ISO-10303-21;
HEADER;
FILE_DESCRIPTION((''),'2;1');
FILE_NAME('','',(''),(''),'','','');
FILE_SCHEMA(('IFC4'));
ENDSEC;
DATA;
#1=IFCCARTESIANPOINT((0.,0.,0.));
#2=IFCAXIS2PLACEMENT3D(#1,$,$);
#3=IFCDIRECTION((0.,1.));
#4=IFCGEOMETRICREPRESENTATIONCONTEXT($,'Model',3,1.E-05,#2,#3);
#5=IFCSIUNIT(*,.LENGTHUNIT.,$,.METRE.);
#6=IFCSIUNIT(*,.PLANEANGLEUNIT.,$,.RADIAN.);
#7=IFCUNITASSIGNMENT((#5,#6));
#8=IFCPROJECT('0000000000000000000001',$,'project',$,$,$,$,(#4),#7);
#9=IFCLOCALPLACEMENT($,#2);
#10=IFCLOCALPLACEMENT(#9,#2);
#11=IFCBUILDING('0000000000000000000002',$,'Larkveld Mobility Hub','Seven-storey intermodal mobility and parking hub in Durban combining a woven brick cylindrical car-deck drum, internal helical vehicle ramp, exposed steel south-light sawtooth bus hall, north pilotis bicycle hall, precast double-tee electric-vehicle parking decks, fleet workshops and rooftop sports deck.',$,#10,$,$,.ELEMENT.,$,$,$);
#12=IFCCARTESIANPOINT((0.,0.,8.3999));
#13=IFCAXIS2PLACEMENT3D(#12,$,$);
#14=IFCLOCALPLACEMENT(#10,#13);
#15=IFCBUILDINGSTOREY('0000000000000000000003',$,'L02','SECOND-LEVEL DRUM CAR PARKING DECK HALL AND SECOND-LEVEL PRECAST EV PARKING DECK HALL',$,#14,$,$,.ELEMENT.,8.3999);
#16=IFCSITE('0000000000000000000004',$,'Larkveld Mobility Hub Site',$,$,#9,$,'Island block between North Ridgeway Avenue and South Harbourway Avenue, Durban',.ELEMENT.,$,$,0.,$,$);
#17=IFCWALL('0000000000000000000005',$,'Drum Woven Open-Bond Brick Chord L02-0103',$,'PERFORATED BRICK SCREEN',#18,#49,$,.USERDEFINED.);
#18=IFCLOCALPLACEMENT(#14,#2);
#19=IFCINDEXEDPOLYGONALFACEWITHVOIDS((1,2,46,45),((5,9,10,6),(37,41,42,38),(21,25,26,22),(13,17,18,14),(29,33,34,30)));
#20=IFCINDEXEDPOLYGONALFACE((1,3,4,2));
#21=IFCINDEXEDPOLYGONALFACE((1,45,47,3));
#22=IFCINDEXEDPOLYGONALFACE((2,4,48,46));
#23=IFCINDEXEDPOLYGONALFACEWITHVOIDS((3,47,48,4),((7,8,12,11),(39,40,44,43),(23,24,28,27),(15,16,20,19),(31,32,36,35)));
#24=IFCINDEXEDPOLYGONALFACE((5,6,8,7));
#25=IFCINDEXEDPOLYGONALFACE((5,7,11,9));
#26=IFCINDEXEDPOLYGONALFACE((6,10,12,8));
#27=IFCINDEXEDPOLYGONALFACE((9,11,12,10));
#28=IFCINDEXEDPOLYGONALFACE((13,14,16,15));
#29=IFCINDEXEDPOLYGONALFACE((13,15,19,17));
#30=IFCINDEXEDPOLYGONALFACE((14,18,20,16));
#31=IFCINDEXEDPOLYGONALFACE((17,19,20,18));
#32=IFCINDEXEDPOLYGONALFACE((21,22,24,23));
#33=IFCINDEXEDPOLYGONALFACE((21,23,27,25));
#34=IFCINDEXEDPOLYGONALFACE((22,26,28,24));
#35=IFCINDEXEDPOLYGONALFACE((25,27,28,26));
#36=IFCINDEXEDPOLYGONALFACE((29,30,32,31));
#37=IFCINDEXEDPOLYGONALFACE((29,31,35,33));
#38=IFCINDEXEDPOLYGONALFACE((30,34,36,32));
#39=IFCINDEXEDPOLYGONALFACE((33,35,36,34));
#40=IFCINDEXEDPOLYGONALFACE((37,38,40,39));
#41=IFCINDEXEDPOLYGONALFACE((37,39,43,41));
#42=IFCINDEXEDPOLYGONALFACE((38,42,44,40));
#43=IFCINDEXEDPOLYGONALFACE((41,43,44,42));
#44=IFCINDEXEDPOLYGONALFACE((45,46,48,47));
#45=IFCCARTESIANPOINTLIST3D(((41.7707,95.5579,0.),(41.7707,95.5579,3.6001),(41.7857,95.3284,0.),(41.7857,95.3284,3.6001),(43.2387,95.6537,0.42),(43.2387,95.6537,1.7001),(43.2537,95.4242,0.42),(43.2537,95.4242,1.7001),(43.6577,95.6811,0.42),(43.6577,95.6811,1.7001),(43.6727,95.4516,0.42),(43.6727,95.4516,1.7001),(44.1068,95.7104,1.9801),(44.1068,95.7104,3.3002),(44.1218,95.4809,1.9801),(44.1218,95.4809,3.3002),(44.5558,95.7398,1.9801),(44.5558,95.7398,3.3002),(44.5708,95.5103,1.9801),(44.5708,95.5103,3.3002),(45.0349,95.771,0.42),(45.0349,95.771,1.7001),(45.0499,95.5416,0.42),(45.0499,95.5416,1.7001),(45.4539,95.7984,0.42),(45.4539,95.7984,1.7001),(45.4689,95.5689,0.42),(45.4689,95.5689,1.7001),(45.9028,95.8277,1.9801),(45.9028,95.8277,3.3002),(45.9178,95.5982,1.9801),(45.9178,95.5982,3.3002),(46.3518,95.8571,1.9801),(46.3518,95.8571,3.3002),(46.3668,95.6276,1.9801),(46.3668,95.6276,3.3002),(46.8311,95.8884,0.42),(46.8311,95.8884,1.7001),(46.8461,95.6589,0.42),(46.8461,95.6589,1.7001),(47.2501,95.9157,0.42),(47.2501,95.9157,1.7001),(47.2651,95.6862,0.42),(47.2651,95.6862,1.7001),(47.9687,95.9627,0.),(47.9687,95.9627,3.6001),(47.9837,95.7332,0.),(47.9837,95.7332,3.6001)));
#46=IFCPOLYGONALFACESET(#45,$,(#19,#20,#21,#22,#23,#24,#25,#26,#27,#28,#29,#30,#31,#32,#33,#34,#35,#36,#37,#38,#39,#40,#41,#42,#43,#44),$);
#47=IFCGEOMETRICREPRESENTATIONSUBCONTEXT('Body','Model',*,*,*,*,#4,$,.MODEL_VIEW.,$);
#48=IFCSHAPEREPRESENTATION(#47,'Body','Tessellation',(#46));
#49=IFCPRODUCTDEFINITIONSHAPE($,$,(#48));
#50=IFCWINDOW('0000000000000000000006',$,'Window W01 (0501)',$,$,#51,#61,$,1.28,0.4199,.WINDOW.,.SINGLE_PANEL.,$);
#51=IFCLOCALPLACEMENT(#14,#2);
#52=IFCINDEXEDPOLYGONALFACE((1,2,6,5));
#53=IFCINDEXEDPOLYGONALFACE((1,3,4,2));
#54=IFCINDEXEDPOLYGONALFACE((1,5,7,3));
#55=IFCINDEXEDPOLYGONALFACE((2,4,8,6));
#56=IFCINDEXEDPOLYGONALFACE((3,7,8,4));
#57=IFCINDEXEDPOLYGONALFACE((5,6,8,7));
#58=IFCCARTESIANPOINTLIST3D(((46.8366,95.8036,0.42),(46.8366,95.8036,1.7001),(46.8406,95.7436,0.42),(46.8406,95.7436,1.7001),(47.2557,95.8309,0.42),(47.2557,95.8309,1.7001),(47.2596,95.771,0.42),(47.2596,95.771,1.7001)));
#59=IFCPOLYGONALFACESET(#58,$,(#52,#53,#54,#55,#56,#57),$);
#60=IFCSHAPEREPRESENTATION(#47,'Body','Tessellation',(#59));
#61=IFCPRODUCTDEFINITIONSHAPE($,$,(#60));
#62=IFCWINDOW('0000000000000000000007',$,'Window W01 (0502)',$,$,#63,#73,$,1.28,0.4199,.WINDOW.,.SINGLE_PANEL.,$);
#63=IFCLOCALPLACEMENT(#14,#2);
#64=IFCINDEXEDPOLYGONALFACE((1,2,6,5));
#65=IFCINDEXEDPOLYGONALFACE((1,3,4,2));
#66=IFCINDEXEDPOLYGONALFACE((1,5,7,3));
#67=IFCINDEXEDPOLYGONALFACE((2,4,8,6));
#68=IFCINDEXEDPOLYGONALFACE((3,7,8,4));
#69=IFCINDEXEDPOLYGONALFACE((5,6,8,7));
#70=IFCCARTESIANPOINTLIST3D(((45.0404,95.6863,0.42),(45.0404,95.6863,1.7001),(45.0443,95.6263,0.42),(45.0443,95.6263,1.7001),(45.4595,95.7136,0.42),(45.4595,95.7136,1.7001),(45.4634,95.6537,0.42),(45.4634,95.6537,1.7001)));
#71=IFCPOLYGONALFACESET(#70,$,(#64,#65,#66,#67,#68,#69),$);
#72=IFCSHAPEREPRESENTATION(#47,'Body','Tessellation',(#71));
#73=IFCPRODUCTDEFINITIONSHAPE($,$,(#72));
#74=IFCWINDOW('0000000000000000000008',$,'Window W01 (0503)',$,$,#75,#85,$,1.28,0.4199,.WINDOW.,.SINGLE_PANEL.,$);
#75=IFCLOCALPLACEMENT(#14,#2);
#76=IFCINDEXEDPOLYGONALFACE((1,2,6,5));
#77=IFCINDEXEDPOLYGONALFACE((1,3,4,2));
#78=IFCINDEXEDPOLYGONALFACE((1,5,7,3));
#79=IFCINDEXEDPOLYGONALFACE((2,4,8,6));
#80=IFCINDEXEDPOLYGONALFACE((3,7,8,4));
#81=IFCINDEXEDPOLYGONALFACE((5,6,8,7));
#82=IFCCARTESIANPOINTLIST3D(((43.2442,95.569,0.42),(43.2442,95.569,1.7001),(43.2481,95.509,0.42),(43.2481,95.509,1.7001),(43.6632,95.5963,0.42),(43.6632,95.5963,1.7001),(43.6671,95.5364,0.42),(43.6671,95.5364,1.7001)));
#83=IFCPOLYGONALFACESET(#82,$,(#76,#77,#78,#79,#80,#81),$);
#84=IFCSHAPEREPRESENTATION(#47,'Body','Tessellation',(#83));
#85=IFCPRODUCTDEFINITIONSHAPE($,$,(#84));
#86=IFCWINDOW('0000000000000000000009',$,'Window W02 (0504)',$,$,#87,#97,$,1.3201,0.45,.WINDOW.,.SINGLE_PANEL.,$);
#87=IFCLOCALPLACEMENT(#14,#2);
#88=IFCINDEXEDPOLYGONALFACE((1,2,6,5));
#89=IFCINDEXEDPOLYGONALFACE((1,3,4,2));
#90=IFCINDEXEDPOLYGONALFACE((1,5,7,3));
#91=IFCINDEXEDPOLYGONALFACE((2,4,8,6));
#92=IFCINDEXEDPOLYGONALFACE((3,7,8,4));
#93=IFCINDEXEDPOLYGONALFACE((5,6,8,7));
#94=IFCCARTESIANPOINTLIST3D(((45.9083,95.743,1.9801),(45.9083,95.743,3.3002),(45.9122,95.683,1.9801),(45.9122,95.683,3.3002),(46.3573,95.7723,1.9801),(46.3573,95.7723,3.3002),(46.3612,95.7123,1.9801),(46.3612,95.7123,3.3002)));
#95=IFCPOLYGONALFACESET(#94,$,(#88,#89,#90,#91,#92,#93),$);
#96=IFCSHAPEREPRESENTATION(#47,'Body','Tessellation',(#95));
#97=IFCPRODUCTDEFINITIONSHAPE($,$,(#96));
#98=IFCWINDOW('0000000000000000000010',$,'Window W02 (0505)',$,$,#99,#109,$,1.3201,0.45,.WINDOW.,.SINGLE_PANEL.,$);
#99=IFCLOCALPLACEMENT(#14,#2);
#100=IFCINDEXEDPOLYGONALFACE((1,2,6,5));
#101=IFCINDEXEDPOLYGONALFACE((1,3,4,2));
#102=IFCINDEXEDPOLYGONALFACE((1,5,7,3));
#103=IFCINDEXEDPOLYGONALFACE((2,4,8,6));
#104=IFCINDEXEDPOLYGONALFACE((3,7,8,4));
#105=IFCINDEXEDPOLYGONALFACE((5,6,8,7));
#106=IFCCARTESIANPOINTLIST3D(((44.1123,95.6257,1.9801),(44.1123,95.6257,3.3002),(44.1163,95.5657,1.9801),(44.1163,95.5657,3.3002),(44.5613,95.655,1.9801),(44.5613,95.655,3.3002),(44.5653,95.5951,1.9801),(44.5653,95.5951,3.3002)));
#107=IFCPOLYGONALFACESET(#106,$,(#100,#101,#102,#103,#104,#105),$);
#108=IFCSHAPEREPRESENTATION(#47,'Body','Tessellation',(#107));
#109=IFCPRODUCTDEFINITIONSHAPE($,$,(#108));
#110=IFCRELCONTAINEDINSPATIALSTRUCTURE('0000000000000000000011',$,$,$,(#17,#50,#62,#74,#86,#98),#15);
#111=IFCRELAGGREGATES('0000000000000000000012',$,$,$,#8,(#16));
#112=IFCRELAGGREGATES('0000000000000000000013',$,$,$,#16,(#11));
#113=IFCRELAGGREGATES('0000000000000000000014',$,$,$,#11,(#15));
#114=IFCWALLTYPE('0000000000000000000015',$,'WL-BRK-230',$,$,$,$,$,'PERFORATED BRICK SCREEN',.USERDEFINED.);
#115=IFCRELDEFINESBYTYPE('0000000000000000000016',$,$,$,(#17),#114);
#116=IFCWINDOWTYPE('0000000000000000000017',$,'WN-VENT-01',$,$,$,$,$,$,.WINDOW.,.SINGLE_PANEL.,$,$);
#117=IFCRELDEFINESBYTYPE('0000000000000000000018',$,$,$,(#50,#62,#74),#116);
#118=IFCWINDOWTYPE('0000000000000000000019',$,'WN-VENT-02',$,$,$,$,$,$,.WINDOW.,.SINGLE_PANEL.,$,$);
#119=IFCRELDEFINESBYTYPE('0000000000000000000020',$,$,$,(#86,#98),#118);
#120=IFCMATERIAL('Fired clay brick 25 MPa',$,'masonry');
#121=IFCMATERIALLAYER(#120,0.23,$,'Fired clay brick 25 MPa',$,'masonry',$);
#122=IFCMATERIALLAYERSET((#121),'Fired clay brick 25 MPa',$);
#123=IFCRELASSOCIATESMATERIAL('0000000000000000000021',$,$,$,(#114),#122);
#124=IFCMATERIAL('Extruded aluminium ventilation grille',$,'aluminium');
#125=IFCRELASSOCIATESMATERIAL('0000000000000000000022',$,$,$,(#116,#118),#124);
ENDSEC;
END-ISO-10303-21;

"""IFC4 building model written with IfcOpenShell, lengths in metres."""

from ifc_helpers import new_model, si_unit, direction, frame, frame_2d, origin, place, context, subcontext, project, spatial, rectangle, extrude, material, layer, layer_set, type_object, element, fill, save


model = new_model("IFC4")

# Units and contexts
model_context = context("Model", 3, precision=1e-05, world=origin(), true_north=direction((0.0, 1.0)))
body_context = subcontext(model_context, "Body", "Model", "MODEL_VIEW")
ifc_project = project(units=[si_unit("LENGTHUNIT", "METRE"), si_unit("PLANEANGLEUNIT", "RADIAN")], contexts=[model_context])

# Site, building, storey
site_placement = place(None, origin())
site = spatial("IfcSite", under=ifc_project, at=site_placement, Name="Larkveld Mobility Hub Site", LongName="Island block between North Ridgeway Avenue and South Harbourway Avenue, Durban", CompositionType="ELEMENT", RefElevation=0.0)
building_placement = place(site_placement, origin())
building = spatial("IfcBuilding", under=site, at=building_placement, Name="Larkveld Mobility Hub", Description="Seven-storey intermodal mobility and parking hub in Durban combining a woven brick cylindrical car-deck drum, internal helical vehicle ramp, exposed steel south-light sawtooth bus hall, north pilotis bicycle hall, precast double-tee electric-vehicle parking decks, fleet workshops and rooftop sports deck.", CompositionType="ELEMENT")
storey_placement = place(building_placement, frame((0.0, 0.0, 8.3999)))
storey = spatial("IfcBuildingStorey", under=building, at=storey_placement, Name="L02", Description="SECOND-LEVEL DRUM CAR PARKING DECK HALL AND SECOND-LEVEL PRECAST EV PARKING DECK HALL", CompositionType="ELEMENT", Elevation=8.3999)

# Wall, openings, windows
ifc_material_1 = material(Name="Fired clay brick 25 MPa", Category="masonry")
ifc_layer_1 = layer(ifc_material_1, 0.23, Name="Fired clay brick 25 MPa", Category="masonry")
ifc_layer_set_1 = layer_set([ifc_layer_1], Name="Fired clay brick 25 MPa")
wall_type_1 = type_object("IfcWallType", Name="WL-BRK-230", ElementType="PERFORATED BRICK SCREEN", PredefinedType="USERDEFINED", material=ifc_layer_set_1)
wall_1_placement = place(storey_placement, frame((47.9761, 95.8479, 0.0), z_axis=(0.0, 0.0, 1.0), x_axis=(-0.997874, -0.06517, 0.0)))
wall_1 = element("IfcWall", 1, at=wall_1_placement, inside=storey, type_object=wall_type_1, Name="Drum Woven Open-Bond Brick Chord L02-0103", ObjectType="PERFORATED BRICK SCREEN", PredefinedType="USERDEFINED", context=body_context, shape_type="SweptSolid", body=[
    extrude(rectangle(XDim=6.2112, YDim=0.23, at=frame_2d((3.1055, 0.0))), origin(), (0.0, 0.0, 1.0), 3.6001),
])
opening_1_placement = place(wall_1_placement, frame((0.72, 0.0, 0.4199)))
opening_1 = element("IfcOpeningElement", 2, at=opening_1_placement, cuts=wall_1, PredefinedType="OPENING", context=body_context, shape_type="SweptSolid", body=[
    extrude(rectangle(XDim=0.4199, YDim=1.28, at=frame_2d((0.21, 0.6401))), frame((0.0, 0.125, 0.0), z_axis=(0.0, -1.0, 0.0), x_axis=(1.0, 0.0, 0.0)), (0.0, 0.0, 1.0), 0.25),
])
opening_2_placement = place(wall_1_placement, frame((2.52, 0.0, 0.4199)))
opening_2 = element("IfcOpeningElement", 3, at=opening_2_placement, cuts=wall_1, PredefinedType="OPENING", context=body_context, shape_type="SweptSolid", body=[
    extrude(rectangle(XDim=0.4199, YDim=1.28, at=frame_2d((0.21, 0.6401))), frame((0.0, 0.125, 0.0), z_axis=(0.0, -1.0, 0.0), x_axis=(1.0, 0.0, 0.0)), (0.0, 0.0, 1.0), 0.25),
])
opening_3_placement = place(wall_1_placement, frame((4.3201, 0.0, 0.4199)))
opening_3 = element("IfcOpeningElement", 4, at=opening_3_placement, cuts=wall_1, PredefinedType="OPENING", context=body_context, shape_type="SweptSolid", body=[
    extrude(rectangle(XDim=0.4199, YDim=1.28, at=frame_2d((0.21, 0.6401))), frame((0.0, 0.125, 0.0), z_axis=(0.0, -1.0, 0.0), x_axis=(1.0, 0.0, 0.0)), (0.0, 0.0, 1.0), 0.25),
])
opening_4_placement = place(wall_1_placement, frame((1.6201, 0.0, 1.98)))
opening_4 = element("IfcOpeningElement", 5, at=opening_4_placement, cuts=wall_1, PredefinedType="OPENING", context=body_context, shape_type="SweptSolid", body=[
    extrude(rectangle(XDim=0.45, YDim=1.3201, at=frame_2d((0.2251, 0.6602))), frame((0.0, 0.125, 0.0), z_axis=(0.0, -1.0, 0.0), x_axis=(1.0, 0.0, 0.0)), (0.0, 0.0, 1.0), 0.25),
])
opening_5_placement = place(wall_1_placement, frame((3.4199, 0.0, 1.98)))
opening_5 = element("IfcOpeningElement", 6, at=opening_5_placement, cuts=wall_1, PredefinedType="OPENING", context=body_context, shape_type="SweptSolid", body=[
    extrude(rectangle(XDim=0.45, YDim=1.3201, at=frame_2d((0.2251, 0.6602))), frame((0.0, 0.125, 0.0), z_axis=(0.0, -1.0, 0.0), x_axis=(1.0, 0.0, 0.0)), (0.0, 0.0, 1.0), 0.25),
])
ifc_material_2 = material(Name="Extruded aluminium ventilation grille", Category="aluminium")
window_type_1 = type_object("IfcWindowType", Name="WN-VENT-01", PartitioningType="SINGLE_PANEL", PredefinedType="WINDOW", material=ifc_material_2)
window_1_placement = place(opening_1_placement, origin())
window_1 = element("IfcWindow", 7, at=window_1_placement, inside=storey, type_object=window_type_1, Name="Window W01 (0501)", OverallHeight=1.28, OverallWidth=0.4199, PartitioningType="SINGLE_PANEL", PredefinedType="WINDOW", context=body_context, shape_type="SweptSolid", body=[
    extrude(rectangle(XDim=0.4199, YDim=1.28, at=frame_2d((0.21, 0.6401))), frame((0.0, 0.03, 0.0), z_axis=(0.0, -1.0, 0.0), x_axis=(1.0, 0.0, 0.0)), (0.0, 0.0, 1.0), 0.0601),
])
fill(opening_1, window_1)
window_2_placement = place(opening_2_placement, origin())
window_2 = element("IfcWindow", 8, at=window_2_placement, inside=storey, type_object=window_type_1, Name="Window W01 (0502)", OverallHeight=1.28, OverallWidth=0.4199, PartitioningType="SINGLE_PANEL", PredefinedType="WINDOW", context=body_context, shape_type="SweptSolid", body=[
    extrude(rectangle(XDim=0.4199, YDim=1.28, at=frame_2d((0.21, 0.6401))), frame((0.0, 0.03, 0.0), z_axis=(0.0, -1.0, 0.0), x_axis=(1.0, 0.0, 0.0)), (0.0, 0.0, 1.0), 0.0601),
])
fill(opening_2, window_2)
window_3_placement = place(opening_3_placement, origin())
window_3 = element("IfcWindow", 9, at=window_3_placement, inside=storey, type_object=window_type_1, Name="Window W01 (0503)", OverallHeight=1.28, OverallWidth=0.4199, PartitioningType="SINGLE_PANEL", PredefinedType="WINDOW", context=body_context, shape_type="SweptSolid", body=[
    extrude(rectangle(XDim=0.4199, YDim=1.28, at=frame_2d((0.21, 0.6401))), frame((0.0, 0.03, 0.0), z_axis=(0.0, -1.0, 0.0), x_axis=(1.0, 0.0, 0.0)), (0.0, 0.0, 1.0), 0.0601),
])
fill(opening_3, window_3)
window_type_2 = type_object("IfcWindowType", Name="WN-VENT-02", PartitioningType="SINGLE_PANEL", PredefinedType="WINDOW", material=ifc_material_2)
window_4_placement = place(opening_4_placement, origin())
window_4 = element("IfcWindow", 10, at=window_4_placement, inside=storey, type_object=window_type_2, Name="Window W02 (0504)", OverallHeight=1.3201, OverallWidth=0.45, PartitioningType="SINGLE_PANEL", PredefinedType="WINDOW", context=body_context, shape_type="SweptSolid", body=[
    extrude(rectangle(XDim=0.45, YDim=1.3201, at=frame_2d((0.2251, 0.6602))), frame((0.0, 0.03, 0.0), z_axis=(0.0, -1.0, 0.0), x_axis=(1.0, 0.0, 0.0)), (0.0, 0.0, 1.0), 0.0601),
])
fill(opening_4, window_4)
window_5_placement = place(opening_5_placement, origin())
window_5 = element("IfcWindow", 11, at=window_5_placement, inside=storey, type_object=window_type_2, Name="Window W02 (0505)", OverallHeight=1.3201, OverallWidth=0.45, PartitioningType="SINGLE_PANEL", PredefinedType="WINDOW", context=body_context, shape_type="SweptSolid", body=[
    extrude(rectangle(XDim=0.45, YDim=1.3201, at=frame_2d((0.2251, 0.6602))), frame((0.0, 0.03, 0.0), z_axis=(0.0, -1.0, 0.0), x_axis=(1.0, 0.0, 0.0)), (0.0, 0.0, 1.0), 0.0601),
])
fill(opening_5, window_5)

save(model, "model.ifc")
